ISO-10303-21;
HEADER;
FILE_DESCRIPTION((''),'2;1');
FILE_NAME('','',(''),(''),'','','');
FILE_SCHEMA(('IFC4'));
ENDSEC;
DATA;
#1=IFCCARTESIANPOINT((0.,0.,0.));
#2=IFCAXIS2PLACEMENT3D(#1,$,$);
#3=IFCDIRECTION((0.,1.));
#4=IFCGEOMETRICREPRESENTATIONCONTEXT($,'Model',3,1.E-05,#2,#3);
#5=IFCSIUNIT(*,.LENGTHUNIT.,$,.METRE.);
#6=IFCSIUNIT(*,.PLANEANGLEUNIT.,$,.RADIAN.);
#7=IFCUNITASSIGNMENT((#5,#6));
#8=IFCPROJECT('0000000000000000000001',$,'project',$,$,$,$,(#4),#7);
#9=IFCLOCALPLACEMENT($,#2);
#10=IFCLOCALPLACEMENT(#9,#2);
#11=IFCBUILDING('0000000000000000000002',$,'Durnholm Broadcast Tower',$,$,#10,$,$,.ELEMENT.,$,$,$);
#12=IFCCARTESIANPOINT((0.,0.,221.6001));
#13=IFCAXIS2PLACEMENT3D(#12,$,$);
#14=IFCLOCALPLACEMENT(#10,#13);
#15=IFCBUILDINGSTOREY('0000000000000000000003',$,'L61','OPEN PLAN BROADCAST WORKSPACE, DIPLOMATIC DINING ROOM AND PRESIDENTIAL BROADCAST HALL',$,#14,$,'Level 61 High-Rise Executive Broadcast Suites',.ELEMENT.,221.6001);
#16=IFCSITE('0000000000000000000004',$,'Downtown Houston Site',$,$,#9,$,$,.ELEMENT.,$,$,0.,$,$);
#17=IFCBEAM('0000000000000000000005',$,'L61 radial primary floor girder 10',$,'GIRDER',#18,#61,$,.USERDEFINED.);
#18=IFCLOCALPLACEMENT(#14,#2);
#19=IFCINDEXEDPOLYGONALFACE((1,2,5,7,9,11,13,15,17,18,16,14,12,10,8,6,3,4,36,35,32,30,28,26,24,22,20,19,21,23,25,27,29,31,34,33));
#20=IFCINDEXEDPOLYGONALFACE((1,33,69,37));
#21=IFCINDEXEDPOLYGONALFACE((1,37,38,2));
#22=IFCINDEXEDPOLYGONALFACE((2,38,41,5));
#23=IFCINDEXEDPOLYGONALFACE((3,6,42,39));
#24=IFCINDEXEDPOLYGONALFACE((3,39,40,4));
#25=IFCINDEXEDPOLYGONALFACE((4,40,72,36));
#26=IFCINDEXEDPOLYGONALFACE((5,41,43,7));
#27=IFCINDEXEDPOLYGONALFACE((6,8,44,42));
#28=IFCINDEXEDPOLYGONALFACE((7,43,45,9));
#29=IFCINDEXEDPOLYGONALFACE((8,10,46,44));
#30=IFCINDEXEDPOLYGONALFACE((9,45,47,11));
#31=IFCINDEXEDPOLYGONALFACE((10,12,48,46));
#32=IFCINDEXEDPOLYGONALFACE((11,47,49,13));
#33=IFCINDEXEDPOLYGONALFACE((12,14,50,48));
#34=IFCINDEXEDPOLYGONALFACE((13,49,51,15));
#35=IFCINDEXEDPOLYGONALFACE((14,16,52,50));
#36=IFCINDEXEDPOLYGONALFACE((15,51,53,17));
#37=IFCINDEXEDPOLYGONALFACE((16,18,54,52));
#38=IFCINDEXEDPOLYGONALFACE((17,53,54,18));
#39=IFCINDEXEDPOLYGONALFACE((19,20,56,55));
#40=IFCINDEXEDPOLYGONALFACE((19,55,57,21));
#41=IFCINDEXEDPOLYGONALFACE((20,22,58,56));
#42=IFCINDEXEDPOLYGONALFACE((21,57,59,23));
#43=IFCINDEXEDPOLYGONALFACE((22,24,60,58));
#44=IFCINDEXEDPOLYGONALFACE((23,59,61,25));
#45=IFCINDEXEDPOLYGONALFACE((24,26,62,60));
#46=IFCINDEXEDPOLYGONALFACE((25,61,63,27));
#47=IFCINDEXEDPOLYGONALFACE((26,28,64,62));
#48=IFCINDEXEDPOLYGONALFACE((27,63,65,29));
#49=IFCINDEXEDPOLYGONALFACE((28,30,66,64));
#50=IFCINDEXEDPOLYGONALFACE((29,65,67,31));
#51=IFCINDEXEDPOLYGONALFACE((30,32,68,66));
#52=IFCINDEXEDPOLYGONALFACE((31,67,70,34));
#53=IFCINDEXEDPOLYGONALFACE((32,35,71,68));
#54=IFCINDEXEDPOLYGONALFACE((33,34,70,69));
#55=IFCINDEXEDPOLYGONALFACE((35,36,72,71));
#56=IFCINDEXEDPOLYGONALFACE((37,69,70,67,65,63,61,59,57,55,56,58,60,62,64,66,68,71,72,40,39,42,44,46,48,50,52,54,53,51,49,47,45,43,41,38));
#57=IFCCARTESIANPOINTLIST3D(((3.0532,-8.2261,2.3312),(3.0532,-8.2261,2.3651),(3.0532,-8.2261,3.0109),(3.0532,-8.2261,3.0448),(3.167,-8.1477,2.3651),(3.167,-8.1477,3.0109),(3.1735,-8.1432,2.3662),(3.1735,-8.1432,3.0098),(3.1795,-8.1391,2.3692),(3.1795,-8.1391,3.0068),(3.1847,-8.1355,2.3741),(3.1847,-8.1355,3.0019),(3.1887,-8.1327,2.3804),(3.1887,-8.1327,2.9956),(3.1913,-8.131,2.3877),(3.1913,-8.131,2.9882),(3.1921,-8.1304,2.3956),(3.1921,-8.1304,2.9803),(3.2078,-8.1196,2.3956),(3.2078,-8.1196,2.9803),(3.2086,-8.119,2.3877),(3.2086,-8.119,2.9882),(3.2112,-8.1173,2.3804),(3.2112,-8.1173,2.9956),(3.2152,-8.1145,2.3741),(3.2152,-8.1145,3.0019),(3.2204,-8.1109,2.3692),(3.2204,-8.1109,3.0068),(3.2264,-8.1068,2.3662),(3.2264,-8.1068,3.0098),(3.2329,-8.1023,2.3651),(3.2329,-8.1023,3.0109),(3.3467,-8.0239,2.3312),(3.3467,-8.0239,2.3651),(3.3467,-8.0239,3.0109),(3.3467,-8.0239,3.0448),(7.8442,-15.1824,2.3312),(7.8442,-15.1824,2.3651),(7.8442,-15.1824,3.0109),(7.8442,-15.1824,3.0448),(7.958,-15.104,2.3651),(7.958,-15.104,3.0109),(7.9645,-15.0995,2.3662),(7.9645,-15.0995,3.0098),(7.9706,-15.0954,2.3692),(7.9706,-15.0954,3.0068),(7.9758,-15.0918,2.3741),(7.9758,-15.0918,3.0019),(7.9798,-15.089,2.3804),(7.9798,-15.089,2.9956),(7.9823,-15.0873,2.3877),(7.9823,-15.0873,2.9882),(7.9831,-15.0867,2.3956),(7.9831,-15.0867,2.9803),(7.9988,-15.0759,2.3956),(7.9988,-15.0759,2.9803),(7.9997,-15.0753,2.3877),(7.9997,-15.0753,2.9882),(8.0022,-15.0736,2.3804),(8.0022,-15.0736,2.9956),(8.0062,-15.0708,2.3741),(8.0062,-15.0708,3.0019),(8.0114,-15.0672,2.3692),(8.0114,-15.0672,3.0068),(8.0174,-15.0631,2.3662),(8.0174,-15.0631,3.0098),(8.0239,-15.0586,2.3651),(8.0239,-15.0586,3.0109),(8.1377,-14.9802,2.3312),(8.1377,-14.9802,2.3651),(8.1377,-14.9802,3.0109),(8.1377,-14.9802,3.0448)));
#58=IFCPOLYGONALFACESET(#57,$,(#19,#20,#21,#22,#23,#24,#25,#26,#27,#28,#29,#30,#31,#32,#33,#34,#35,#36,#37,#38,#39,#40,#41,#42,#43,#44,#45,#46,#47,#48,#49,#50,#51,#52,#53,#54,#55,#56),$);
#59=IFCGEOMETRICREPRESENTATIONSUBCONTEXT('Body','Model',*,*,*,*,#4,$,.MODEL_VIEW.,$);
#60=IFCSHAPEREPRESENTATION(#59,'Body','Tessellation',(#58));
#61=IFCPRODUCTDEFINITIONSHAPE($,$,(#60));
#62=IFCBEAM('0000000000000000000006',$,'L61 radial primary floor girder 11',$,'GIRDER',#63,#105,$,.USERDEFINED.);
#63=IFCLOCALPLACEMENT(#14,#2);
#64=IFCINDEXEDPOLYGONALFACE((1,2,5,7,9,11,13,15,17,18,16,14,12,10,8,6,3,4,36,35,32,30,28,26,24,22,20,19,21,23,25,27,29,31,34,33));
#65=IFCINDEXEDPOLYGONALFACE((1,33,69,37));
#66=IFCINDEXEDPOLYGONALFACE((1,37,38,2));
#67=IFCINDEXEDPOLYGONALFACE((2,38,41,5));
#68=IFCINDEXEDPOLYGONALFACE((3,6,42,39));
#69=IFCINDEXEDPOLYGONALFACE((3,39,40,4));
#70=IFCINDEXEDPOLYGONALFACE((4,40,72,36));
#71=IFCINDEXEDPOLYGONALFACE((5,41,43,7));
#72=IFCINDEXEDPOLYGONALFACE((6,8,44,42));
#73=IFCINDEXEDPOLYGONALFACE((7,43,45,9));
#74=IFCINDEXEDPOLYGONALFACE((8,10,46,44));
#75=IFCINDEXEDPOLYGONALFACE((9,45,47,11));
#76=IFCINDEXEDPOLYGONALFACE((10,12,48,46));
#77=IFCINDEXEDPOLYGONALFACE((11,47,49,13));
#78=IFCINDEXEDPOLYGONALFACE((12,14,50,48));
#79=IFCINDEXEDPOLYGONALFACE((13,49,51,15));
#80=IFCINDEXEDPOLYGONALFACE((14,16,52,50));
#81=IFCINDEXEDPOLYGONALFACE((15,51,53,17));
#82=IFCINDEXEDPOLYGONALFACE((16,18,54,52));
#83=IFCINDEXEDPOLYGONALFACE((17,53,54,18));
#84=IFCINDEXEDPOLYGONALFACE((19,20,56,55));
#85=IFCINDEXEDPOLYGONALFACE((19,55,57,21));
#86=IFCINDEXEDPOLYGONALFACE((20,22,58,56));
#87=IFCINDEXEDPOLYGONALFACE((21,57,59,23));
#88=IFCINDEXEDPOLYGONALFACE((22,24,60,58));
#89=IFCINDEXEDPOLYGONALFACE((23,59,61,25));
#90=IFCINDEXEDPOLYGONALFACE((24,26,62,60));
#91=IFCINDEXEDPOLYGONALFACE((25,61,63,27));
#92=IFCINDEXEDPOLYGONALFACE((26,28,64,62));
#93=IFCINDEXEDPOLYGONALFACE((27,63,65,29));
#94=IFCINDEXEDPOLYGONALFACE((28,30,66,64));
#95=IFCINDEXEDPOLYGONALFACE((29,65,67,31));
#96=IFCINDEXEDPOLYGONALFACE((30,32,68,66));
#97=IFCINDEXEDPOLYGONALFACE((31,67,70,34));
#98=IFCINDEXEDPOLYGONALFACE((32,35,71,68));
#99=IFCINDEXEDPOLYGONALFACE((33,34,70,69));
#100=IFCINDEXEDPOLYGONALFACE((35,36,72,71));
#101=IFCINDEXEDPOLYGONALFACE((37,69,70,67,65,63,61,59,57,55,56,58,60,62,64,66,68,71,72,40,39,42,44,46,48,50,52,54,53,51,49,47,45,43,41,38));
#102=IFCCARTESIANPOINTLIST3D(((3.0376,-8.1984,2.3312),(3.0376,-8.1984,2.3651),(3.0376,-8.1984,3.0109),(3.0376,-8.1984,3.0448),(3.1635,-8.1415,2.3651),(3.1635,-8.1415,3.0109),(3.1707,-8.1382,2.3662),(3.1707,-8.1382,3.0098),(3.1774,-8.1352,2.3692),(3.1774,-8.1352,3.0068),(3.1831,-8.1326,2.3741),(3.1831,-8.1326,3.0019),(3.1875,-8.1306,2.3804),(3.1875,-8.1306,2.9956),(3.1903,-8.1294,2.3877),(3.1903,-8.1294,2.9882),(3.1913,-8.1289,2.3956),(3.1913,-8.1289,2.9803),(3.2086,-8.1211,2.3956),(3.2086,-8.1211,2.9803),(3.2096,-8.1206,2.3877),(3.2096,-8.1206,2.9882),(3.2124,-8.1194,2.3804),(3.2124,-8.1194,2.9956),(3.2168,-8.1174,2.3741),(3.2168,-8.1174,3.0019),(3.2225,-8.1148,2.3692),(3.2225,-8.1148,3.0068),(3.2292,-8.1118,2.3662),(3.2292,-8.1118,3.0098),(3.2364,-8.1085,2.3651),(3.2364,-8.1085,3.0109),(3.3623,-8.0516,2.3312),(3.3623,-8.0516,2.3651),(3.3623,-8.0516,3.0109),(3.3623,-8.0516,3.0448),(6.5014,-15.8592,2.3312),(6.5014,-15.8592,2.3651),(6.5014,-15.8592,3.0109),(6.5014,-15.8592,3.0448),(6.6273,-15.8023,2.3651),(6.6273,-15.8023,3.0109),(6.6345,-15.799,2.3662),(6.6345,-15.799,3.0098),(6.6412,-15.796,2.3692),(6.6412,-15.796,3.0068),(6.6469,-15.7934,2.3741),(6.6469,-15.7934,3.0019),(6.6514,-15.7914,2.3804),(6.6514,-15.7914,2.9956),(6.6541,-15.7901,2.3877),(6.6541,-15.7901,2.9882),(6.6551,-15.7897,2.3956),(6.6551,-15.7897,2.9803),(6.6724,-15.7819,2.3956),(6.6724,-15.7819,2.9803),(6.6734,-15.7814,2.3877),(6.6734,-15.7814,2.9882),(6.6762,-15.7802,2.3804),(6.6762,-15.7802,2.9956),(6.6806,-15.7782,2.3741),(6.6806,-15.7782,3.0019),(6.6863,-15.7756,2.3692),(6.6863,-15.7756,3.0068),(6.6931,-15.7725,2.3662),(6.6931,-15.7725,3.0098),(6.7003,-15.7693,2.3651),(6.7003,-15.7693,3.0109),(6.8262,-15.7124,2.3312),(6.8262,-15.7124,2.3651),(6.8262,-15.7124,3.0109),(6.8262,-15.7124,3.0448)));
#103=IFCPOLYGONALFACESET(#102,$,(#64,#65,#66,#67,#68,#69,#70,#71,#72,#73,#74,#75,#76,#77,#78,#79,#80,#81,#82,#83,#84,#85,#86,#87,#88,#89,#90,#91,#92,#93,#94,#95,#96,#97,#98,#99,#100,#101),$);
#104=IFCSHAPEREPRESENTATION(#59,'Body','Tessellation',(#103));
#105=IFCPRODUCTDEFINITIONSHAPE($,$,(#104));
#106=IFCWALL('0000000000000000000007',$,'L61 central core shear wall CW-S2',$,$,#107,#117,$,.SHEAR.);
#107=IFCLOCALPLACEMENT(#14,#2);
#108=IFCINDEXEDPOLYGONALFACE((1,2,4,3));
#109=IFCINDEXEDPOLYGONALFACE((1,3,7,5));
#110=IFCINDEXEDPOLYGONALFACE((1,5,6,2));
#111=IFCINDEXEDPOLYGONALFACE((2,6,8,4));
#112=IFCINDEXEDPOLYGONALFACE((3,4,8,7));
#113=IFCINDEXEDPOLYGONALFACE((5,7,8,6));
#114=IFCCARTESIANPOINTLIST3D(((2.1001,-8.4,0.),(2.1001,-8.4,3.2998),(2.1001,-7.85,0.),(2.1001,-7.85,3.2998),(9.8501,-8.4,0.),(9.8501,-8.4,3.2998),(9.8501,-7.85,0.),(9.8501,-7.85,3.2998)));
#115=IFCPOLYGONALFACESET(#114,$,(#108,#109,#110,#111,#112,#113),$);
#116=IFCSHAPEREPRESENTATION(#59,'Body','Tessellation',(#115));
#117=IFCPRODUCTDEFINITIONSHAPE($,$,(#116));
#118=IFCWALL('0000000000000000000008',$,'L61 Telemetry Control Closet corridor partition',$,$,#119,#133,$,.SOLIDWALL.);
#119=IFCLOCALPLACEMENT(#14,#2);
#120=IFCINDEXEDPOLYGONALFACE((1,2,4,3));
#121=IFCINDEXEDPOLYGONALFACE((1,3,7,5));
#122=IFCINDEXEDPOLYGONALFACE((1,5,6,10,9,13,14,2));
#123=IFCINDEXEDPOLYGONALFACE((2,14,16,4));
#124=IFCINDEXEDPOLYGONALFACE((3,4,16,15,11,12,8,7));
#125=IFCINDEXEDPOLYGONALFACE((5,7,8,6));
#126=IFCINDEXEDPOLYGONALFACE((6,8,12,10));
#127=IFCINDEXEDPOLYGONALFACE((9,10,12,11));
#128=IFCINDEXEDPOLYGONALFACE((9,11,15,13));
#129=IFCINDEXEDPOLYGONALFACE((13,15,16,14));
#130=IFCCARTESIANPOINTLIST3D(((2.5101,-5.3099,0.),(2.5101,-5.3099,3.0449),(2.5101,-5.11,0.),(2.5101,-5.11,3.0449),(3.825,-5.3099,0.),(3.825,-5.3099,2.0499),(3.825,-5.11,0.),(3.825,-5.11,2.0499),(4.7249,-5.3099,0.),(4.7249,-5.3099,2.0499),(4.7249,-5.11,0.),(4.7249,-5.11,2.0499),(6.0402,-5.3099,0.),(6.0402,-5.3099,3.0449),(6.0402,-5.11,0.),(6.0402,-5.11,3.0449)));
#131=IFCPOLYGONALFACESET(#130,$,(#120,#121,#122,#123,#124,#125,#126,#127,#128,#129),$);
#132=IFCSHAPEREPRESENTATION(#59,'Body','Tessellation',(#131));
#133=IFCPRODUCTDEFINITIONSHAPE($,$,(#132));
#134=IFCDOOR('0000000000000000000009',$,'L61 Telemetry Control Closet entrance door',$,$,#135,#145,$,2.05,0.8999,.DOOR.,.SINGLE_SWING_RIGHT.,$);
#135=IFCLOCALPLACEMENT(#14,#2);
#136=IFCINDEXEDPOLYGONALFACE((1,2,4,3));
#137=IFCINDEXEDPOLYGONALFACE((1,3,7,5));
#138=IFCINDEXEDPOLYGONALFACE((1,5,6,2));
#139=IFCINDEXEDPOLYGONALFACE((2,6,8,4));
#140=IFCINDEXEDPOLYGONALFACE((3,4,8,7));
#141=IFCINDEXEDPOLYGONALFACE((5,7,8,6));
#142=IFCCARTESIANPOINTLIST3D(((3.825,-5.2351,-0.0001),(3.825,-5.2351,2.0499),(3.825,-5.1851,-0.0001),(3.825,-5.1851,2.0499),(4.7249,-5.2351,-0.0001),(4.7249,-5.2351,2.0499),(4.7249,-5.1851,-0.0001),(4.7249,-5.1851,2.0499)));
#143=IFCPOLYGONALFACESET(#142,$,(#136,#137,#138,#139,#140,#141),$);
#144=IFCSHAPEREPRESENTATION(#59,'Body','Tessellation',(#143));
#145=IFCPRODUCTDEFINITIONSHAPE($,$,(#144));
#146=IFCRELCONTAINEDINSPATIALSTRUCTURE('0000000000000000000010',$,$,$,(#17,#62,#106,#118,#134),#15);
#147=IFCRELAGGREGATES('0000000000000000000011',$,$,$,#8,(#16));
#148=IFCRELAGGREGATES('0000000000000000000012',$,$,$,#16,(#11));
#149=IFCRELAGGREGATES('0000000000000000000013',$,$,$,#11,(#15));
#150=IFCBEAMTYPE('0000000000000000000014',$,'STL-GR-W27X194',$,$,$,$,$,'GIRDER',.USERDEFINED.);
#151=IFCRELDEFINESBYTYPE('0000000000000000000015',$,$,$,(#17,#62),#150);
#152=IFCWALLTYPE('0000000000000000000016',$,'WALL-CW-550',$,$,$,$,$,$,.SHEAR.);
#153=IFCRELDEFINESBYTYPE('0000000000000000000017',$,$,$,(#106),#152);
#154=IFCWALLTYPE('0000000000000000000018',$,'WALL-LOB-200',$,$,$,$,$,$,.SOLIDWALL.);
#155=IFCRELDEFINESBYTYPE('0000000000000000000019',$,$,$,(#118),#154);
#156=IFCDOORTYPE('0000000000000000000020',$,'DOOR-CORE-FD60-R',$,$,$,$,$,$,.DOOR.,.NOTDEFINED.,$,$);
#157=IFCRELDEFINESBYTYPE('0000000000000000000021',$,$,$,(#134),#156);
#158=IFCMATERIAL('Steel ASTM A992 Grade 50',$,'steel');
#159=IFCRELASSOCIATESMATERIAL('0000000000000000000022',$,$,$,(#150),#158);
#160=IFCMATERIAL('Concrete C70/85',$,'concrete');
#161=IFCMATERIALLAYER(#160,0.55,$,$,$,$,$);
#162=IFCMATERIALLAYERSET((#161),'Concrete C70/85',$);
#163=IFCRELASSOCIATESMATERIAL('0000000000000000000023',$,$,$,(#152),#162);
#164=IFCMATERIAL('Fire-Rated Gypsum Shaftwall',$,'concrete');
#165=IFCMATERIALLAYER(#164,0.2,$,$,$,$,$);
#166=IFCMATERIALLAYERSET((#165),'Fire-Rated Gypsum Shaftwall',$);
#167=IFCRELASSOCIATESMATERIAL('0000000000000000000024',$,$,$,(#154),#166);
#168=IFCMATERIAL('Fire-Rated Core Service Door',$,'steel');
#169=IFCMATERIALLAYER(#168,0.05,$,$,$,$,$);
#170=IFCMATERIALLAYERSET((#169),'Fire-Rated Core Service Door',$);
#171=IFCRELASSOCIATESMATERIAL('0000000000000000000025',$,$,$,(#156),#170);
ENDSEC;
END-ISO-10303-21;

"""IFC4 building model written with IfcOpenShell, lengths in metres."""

from ifc_helpers import new_model, si_unit, direction, frame, frame_2d, origin, origin_2d, place, context, subcontext, project, spatial, rectangle, i_section, extrude, source, transform, mapped, material, layer, layer_set, material_profile, profile_set, type_object, type_shapes, element, fill, save


model = new_model("IFC4")

# Units and contexts
model_context = context("Model", 3, precision=1e-05, world=origin(), true_north=direction((0.0, 1.0)))
body_context = subcontext(model_context, "Body", "Model", "MODEL_VIEW")
ifc_project = project(units=[si_unit("LENGTHUNIT", "METRE"), si_unit("PLANEANGLEUNIT", "RADIAN")], contexts=[model_context])

# Site, building, storey
site_placement = place(None, origin())
site = spatial("IfcSite", under=ifc_project, at=site_placement, Name="Downtown Houston Site", CompositionType="ELEMENT", RefElevation=0.0)
building_placement = place(site_placement, origin())
building = spatial("IfcBuilding", under=site, at=building_placement, Name="Durnholm Broadcast Tower", CompositionType="ELEMENT")
storey_placement = place(building_placement, frame((0.0, 0.0, 221.6001)))
storey = spatial("IfcBuildingStorey", under=building, at=storey_placement, Name="L61", Description="OPEN PLAN BROADCAST WORKSPACE, DIPLOMATIC DINING ROOM AND PRESIDENTIAL BROADCAST HALL", LongName="Level 61 High-Rise Executive Broadcast Suites", CompositionType="ELEMENT", Elevation=221.6001)

# Beams
ifc_material_1 = material(Name="Steel ASTM A992 Grade 50", Category="steel")
ifc_material_profile = material_profile(ifc_material_1, i_section(OverallWidth=0.3564, OverallDepth=0.7136, WebThickness=0.019, FlangeThickness=0.0339, FilletRadius=0.0305, at=origin_2d()), Name="W27X194")
ifc_profile_set = profile_set([ifc_material_profile], Name="Steel ASTM A992 Grade 50")
beam_type = type_object("IfcBeamType", Name="STL-GR-W27X194", ElementType="GIRDER", PredefinedType="USERDEFINED", material=ifc_profile_set)
shared_shape_1 = source(origin(), body_context, "Body", "SweptSolid", [
    extrude(i_section(OverallWidth=0.3564, OverallDepth=0.7136, WebThickness=0.019, FlangeThickness=0.0339, FilletRadius=0.0305, at=origin_2d()), origin(), (0.0, 0.0, 1.0), 8.4465),
])
beam_1_placement = place(storey_placement, frame((3.2, -8.125, 2.688), z_axis=(0.567217, -0.823569, 0.0), x_axis=(0.823569, 0.567217, 0.0)))
element("IfcBeam", 1, at=beam_1_placement, inside=storey, type_object=beam_type, Name="L61 radial primary floor girder 10", ObjectType="GIRDER", PredefinedType="USERDEFINED", context=body_context, shape_type="MappedRepresentation", body=[
    mapped(shared_shape_1, transform((0.0, 0.0, 0.0), x_axis=(1.0, 0.0, 0.0), y_axis=(0.0, 1.0, 0.0), z_axis=(0.0, 0.0, 1.0), scale=1.0)),
])
shared_shape_2 = source(origin(), body_context, "Body", "SweptSolid", [
    extrude(i_section(OverallWidth=0.3564, OverallDepth=0.7136, WebThickness=0.019, FlangeThickness=0.0339, FilletRadius=0.0305, at=origin_2d()), origin(), (0.0, 0.0, 1.0), 8.4075),
])
type_shapes(beam_type, [shared_shape_1, shared_shape_2])
beam_2_placement = place(storey_placement, frame((3.2, -8.125, 2.688), z_axis=(0.411993, -0.911187, 0.0), x_axis=(0.911187, 0.411993, 0.0)))
element("IfcBeam", 2, at=beam_2_placement, inside=storey, type_object=beam_type, Name="L61 radial primary floor girder 11", ObjectType="GIRDER", PredefinedType="USERDEFINED", context=body_context, shape_type="MappedRepresentation", body=[
    mapped(shared_shape_2, transform((0.0, 0.0, 0.0), x_axis=(1.0, 0.0, 0.0), y_axis=(0.0, 1.0, 0.0), z_axis=(0.0, 0.0, 1.0), scale=1.0)),
])

# Wall
ifc_material_2 = material(Name="Concrete C70/85", Category="concrete")
ifc_layer_1 = layer(ifc_material_2, 0.55)
ifc_layer_set_1 = layer_set([ifc_layer_1], Name="Concrete C70/85")
wall_type_1 = type_object("IfcWallType", Name="WALL-CW-550", PredefinedType="SHEAR", material=ifc_layer_set_1)
wall_1_placement = place(storey_placement, frame((2.1001, -8.125, 0.0), z_axis=(0.0, 0.0, 1.0), x_axis=(1.0, 0.0, 0.0)))
element("IfcWall", 3, at=wall_1_placement, inside=storey, type_object=wall_type_1, Name="L61 central core shear wall CW-S2", PredefinedType="SHEAR", context=body_context, shape_type="SweptSolid", body=[
    extrude(rectangle(XDim=7.75, YDim=0.55, at=frame_2d((3.875, 0.0))), origin(), (0.0, 0.0, 1.0), 3.2998),
])

# Wall, opening, door
ifc_material_3 = material(Name="Fire-Rated Gypsum Shaftwall", Category="concrete")
ifc_layer_2 = layer(ifc_material_3, 0.2)
ifc_layer_set_2 = layer_set([ifc_layer_2], Name="Fire-Rated Gypsum Shaftwall")
wall_type_2 = type_object("IfcWallType", Name="WALL-LOB-200", PredefinedType="SOLIDWALL", material=ifc_layer_set_2)
wall_2_placement = place(storey_placement, frame((2.51, -5.21, 0.0), z_axis=(0.0, 0.0, 1.0), x_axis=(1.0, 0.0, 0.0)))
wall_2 = element("IfcWall", 4, at=wall_2_placement, inside=storey, type_object=wall_type_2, Name="L61 Telemetry Control Closet corridor partition", PredefinedType="SOLIDWALL", context=body_context, shape_type="SweptSolid", body=[
    extrude(rectangle(XDim=3.53, YDim=0.2, at=frame_2d((1.7651, 0.0))), origin(), (0.0, 0.0, 1.0), 3.0449),
])
opening_1_placement = place(wall_2_placement, frame((1.3149, 0.0, 0.0)))
opening_1 = element("IfcOpeningElement", 5, at=opening_1_placement, cuts=wall_2, PredefinedType="OPENING", context=body_context, shape_type="SweptSolid", body=[
    extrude(rectangle(XDim=0.8999, YDim=2.05, at=frame_2d((0.45, 1.0249))), frame((0.0, 0.1099, 0.0), z_axis=(0.0, -1.0, 0.0), x_axis=(1.0, 0.0, 0.0)), (0.0, 0.0, 1.0), 0.22),
])
ifc_material_4 = material(Name="Fire-Rated Core Service Door", Category="steel")
ifc_layer_3 = layer(ifc_material_4, 0.05)
ifc_layer_set_3 = layer_set([ifc_layer_3], Name="Fire-Rated Core Service Door")
door_type_1 = type_object("IfcDoorType", Name="DOOR-CORE-FD60-R", OperationType="NOTDEFINED", PredefinedType="DOOR", material=ifc_layer_set_3)
shared_shape_3 = source(origin(), body_context, "Body", "SweptSolid", [
    extrude(rectangle(XDim=0.8999, YDim=2.05, at=frame_2d((0.45, 1.0249))), frame((0.0, 0.0249, 0.0), z_axis=(0.0, -1.0, 0.0), x_axis=(1.0, 0.0, 0.0)), (0.0, 0.0, 1.0), 0.05),
])
type_shapes(door_type_1, [shared_shape_3])
door_1_placement = place(opening_1_placement, origin())
door_1 = element("IfcDoor", 6, at=door_1_placement, inside=storey, type_object=door_type_1, Name="L61 Telemetry Control Closet entrance door", OperationType="SINGLE_SWING_RIGHT", OverallHeight=2.05, OverallWidth=0.8999, PredefinedType="DOOR", context=body_context, shape_type="MappedRepresentation", body=[
    mapped(shared_shape_3, transform((0.0, 0.0, 0.0), x_axis=(1.0, 0.0, 0.0), y_axis=(0.0, 1.0, 0.0), z_axis=(0.0, 0.0, 1.0), scale=1.0)),
])
fill(opening_1, door_1)

save(model, "model.ifc")
